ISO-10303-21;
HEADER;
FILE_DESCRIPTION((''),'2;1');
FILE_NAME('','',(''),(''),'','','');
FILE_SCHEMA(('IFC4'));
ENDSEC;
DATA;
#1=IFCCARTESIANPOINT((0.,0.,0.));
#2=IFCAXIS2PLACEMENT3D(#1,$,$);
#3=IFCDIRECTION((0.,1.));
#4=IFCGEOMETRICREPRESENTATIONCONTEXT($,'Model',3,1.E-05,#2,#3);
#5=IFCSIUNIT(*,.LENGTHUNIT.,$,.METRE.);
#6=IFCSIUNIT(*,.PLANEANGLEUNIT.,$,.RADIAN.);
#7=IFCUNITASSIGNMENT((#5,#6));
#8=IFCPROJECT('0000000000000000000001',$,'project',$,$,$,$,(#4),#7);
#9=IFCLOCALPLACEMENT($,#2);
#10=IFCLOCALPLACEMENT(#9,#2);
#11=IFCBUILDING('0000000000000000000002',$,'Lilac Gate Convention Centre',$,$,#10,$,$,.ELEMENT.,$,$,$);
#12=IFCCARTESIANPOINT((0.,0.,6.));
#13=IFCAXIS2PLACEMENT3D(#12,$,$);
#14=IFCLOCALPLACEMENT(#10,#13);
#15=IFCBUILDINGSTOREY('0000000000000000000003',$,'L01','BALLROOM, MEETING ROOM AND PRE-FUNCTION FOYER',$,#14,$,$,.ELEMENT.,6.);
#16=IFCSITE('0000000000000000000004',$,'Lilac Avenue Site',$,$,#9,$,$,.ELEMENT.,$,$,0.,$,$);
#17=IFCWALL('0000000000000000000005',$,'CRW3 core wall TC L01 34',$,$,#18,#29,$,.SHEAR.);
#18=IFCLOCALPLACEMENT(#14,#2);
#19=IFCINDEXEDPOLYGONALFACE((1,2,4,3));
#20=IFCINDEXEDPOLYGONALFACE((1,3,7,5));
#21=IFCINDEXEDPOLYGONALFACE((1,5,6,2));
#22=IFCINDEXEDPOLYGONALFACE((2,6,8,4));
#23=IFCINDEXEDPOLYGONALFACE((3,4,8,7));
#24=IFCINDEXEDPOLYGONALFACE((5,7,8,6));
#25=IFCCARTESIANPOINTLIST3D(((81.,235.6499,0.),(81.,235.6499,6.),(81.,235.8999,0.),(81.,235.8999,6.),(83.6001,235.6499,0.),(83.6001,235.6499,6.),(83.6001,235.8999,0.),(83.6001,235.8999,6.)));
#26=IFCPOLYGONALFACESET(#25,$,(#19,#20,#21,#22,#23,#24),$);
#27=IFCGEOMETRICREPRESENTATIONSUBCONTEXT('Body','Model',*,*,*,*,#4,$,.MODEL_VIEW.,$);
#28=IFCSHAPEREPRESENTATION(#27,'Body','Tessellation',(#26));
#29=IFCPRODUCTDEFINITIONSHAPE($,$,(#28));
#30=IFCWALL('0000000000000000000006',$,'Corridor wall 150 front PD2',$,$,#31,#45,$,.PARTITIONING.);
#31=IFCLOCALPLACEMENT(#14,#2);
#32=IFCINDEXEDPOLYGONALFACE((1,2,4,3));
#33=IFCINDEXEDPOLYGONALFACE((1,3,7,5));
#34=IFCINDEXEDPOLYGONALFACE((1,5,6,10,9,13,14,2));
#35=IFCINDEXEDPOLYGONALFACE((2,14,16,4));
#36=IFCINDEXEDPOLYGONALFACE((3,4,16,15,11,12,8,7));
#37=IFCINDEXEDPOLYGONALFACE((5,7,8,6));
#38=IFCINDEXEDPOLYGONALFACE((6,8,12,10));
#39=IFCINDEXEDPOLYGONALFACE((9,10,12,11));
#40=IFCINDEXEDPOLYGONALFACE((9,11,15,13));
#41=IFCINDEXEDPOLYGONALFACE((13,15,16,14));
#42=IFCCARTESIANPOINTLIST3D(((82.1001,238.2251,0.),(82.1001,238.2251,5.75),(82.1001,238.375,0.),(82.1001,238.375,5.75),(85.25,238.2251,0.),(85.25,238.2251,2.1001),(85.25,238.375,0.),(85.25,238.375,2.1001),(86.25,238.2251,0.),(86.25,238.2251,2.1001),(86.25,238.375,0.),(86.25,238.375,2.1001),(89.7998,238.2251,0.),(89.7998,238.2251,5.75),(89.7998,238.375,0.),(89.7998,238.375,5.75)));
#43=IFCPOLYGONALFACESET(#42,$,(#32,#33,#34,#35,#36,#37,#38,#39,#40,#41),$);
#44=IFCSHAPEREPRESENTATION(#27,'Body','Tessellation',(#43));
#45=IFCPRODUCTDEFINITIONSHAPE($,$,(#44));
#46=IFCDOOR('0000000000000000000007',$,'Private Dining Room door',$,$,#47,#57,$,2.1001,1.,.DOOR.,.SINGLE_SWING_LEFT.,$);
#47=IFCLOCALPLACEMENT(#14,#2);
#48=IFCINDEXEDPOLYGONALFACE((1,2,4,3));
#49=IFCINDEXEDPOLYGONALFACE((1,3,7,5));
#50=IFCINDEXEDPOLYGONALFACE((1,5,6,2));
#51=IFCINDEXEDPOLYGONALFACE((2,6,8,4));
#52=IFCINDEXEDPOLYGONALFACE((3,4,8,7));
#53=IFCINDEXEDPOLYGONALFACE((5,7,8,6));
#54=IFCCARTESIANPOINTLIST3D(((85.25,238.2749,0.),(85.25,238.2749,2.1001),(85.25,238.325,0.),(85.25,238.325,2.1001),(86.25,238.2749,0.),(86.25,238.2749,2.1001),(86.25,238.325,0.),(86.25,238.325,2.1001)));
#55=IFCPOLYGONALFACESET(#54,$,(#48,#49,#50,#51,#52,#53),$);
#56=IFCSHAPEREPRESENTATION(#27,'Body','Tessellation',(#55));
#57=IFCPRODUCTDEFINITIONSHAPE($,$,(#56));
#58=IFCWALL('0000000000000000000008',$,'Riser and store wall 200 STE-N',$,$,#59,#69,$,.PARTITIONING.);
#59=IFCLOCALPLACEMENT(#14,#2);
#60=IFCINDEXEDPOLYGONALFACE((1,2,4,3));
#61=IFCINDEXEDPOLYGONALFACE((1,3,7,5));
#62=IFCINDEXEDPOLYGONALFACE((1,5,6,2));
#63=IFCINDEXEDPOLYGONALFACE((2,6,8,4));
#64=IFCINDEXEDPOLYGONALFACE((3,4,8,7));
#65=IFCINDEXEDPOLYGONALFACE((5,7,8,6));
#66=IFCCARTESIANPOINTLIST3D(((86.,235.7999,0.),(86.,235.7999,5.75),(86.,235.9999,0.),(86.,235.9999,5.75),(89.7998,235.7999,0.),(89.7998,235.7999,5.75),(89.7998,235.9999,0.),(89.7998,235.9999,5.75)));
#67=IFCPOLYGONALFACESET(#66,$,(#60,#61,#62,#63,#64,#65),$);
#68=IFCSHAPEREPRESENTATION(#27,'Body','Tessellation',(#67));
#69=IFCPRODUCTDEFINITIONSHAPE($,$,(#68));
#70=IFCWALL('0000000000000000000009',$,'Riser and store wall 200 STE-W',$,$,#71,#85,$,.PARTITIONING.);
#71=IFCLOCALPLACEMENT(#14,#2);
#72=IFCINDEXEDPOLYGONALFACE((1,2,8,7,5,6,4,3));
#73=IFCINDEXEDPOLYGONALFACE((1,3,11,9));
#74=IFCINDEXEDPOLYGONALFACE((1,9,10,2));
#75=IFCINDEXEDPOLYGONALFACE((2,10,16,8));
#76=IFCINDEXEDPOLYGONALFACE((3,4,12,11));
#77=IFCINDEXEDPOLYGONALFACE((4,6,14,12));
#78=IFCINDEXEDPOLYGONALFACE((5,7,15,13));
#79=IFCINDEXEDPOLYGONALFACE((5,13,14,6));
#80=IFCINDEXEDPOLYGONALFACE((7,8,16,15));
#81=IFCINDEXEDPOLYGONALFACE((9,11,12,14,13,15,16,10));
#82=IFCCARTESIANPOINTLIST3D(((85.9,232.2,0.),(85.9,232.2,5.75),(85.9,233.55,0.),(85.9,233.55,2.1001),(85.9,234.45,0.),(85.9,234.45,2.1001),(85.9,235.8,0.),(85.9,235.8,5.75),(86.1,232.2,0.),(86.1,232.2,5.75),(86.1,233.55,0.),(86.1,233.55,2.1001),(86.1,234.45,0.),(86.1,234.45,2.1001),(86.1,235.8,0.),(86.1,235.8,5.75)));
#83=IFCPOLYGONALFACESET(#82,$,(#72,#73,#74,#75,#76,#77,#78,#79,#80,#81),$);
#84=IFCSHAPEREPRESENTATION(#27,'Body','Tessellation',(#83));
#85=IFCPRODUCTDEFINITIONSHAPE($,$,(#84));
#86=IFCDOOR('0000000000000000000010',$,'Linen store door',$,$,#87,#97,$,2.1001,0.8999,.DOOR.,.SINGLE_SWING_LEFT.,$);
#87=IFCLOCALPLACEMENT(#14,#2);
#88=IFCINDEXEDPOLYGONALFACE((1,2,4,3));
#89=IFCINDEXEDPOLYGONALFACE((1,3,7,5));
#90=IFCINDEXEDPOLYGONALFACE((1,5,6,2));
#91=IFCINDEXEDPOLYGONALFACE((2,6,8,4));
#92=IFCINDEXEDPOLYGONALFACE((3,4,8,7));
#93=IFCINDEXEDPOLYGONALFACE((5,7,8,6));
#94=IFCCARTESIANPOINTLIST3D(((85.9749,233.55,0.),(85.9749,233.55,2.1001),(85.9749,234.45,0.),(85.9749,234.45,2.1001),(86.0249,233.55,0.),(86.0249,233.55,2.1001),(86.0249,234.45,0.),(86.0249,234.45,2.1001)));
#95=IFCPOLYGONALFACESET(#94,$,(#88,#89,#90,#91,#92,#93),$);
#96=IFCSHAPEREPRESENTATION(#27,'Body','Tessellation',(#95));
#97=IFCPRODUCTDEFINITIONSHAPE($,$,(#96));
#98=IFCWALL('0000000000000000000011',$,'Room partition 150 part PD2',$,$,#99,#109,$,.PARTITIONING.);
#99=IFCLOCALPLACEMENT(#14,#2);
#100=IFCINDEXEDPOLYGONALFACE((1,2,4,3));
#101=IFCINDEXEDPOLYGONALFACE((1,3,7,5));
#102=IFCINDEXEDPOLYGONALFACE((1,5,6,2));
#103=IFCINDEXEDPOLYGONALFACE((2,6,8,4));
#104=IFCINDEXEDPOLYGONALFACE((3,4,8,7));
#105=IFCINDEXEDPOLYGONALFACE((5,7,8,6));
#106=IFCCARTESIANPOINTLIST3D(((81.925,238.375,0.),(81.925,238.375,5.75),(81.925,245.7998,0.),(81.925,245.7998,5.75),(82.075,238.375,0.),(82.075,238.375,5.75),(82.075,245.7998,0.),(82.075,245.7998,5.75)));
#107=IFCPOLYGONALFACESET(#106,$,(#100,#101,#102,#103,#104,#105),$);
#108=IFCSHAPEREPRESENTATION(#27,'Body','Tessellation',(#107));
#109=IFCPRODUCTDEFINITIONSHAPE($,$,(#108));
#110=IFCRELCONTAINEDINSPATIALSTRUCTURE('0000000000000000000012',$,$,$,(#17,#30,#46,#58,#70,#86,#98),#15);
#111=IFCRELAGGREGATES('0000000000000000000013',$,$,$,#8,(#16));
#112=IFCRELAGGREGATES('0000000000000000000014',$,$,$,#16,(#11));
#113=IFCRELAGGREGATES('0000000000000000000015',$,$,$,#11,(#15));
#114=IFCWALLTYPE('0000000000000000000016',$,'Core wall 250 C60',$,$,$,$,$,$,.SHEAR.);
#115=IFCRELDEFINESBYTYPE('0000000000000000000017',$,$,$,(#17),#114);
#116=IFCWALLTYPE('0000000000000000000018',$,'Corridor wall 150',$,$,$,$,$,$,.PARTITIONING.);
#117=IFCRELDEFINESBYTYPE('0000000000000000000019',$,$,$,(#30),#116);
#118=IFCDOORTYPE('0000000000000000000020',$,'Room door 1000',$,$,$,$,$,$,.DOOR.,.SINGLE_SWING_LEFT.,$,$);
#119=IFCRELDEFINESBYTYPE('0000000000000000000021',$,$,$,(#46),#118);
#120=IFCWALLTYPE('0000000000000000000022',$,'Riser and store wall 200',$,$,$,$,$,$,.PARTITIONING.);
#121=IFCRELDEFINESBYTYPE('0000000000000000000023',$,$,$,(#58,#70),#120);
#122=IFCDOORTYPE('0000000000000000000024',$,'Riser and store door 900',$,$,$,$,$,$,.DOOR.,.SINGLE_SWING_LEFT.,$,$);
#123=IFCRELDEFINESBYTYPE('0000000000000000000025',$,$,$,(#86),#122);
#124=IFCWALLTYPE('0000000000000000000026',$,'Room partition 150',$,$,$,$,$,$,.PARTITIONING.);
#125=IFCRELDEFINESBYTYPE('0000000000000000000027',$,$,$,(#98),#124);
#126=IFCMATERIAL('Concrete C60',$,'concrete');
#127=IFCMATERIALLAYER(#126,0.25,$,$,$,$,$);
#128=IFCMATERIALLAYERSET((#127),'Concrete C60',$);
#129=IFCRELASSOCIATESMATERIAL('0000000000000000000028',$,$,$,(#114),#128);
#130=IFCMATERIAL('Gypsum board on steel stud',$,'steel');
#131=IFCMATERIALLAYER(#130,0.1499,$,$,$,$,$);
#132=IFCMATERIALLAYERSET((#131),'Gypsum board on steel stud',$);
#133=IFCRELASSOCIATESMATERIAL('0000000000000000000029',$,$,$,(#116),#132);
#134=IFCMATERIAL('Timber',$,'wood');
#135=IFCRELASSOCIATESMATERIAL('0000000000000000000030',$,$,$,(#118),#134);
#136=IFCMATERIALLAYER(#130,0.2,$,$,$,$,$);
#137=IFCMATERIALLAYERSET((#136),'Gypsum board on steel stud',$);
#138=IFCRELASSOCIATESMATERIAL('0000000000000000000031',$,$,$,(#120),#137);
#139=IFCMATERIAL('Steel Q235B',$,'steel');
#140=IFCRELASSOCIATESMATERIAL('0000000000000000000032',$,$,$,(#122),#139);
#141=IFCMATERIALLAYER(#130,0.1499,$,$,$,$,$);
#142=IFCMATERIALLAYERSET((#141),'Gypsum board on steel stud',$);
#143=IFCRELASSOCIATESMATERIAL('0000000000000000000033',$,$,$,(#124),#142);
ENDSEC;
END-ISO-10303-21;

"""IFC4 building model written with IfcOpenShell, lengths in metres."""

from ifc_helpers import new_model, si_unit, direction, frame, frame_2d, origin, place, context, subcontext, project, spatial, rectangle, extrude, material, layer, layer_set, type_object, element, fill, save


model = new_model("IFC4")

# Units and contexts
model_context = context("Model", 3, precision=1e-05, world=origin(), true_north=direction((0.0, 1.0)))
body_context = subcontext(model_context, "Body", "Model", "MODEL_VIEW")
ifc_project = project(units=[si_unit("LENGTHUNIT", "METRE"), si_unit("PLANEANGLEUNIT", "RADIAN")], contexts=[model_context])

# Site, building, storey
site_placement = place(None, origin())
site = spatial("IfcSite", under=ifc_project, at=site_placement, Name="Lilac Avenue Site", CompositionType="ELEMENT", RefElevation=0.0)
building_placement = place(site_placement, origin())
building = spatial("IfcBuilding", under=site, at=building_placement, Name="Lilac Gate Convention Centre", CompositionType="ELEMENT")
storey_placement = place(building_placement, frame((0.0, 0.0, 6.0)))
storey = spatial("IfcBuildingStorey", under=building, at=storey_placement, Name="L01", Description="BALLROOM, MEETING ROOM AND PRE-FUNCTION FOYER", CompositionType="ELEMENT", Elevation=6.0)

# Wall
ifc_material_1 = material(Name="Concrete C60", Category="concrete")
ifc_layer_1 = layer(ifc_material_1, 0.25)
ifc_layer_set_1 = layer_set([ifc_layer_1], Name="Concrete C60")
wall_type_1 = type_object("IfcWallType", Name="Core wall 250 C60", PredefinedType="SHEAR", material=ifc_layer_set_1)
wall_1_placement = place(storey_placement, frame((81.0, 235.7749, 0.0), z_axis=(0.0, 0.0, 1.0), x_axis=(1.0, 0.0, 0.0)))
element("IfcWall", 1, at=wall_1_placement, inside=storey, type_object=wall_type_1, Name="CRW3 core wall TC L01 34", PredefinedType="SHEAR", context=body_context, shape_type="SweptSolid", body=[
    extrude(rectangle(XDim=2.6001, YDim=0.25, at=frame_2d((1.3, 0.0))), origin(), (0.0, 0.0, 1.0), 6.0),
])

# Wall, opening, door
ifc_material_2 = material(Name="Gypsum board on steel stud", Category="steel")
ifc_layer_2 = layer(ifc_material_2, 0.1499)
ifc_layer_set_2 = layer_set([ifc_layer_2], Name="Gypsum board on steel stud")
wall_type_2 = type_object("IfcWallType", Name="Corridor wall 150", PredefinedType="PARTITIONING", material=ifc_layer_set_2)
wall_2_placement = place(storey_placement, frame((82.1001, 238.3, 0.0), z_axis=(0.0, 0.0, 1.0), x_axis=(1.0, 0.0, 0.0)))
wall_2 = element("IfcWall", 2, at=wall_2_placement, inside=storey, type_object=wall_type_2, Name="Corridor wall 150 front PD2", PredefinedType="PARTITIONING", context=body_context, shape_type="SweptSolid", body=[
    extrude(rectangle(XDim=7.6997, YDim=0.1499, at=frame_2d((3.8499, 0.0))), origin(), (0.0, 0.0, 1.0), 5.75),
])
opening_1_placement = place(wall_2_placement, frame((3.1499, 0.0, 0.0)))
opening_1 = element("IfcOpeningElement", 3, at=opening_1_placement, cuts=wall_2, PredefinedType="OPENING", context=body_context, shape_type="SweptSolid", body=[
    extrude(rectangle(XDim=1.0, YDim=2.1001, at=frame_2d((0.5, 1.05))), frame((0.0, 0.085, 0.0), z_axis=(0.0, -1.0, 0.0), x_axis=(1.0, 0.0, 0.0)), (0.0, 0.0, 1.0), 0.1699),
])
ifc_material_3 = material(Name="Timber", Category="wood")
door_type_1 = type_object("IfcDoorType", Name="Room door 1000", OperationType="SINGLE_SWING_LEFT", PredefinedType="DOOR", material=ifc_material_3)
door_1_placement = place(opening_1_placement, origin())
door_1 = element("IfcDoor", 4, at=door_1_placement, inside=storey, type_object=door_type_1, Name="Private Dining Room door", OperationType="SINGLE_SWING_LEFT", OverallHeight=2.1001, OverallWidth=1.0, PredefinedType="DOOR", context=body_context, shape_type="SweptSolid", body=[
    extrude(rectangle(XDim=1.0, YDim=2.1001, at=frame_2d((0.5, 1.05))), frame((0.0, 0.0249, 0.0), z_axis=(0.0, -1.0, 0.0), x_axis=(1.0, 0.0, 0.0)), (0.0, 0.0, 1.0), 0.05),
])
fill(opening_1, door_1)

# Wall
ifc_layer_3 = layer(ifc_material_2, 0.2)
ifc_layer_set_3 = layer_set([ifc_layer_3], Name="Gypsum board on steel stud")
wall_type_3 = type_object("IfcWallType", Name="Riser and store wall 200", PredefinedType="PARTITIONING", material=ifc_layer_set_3)
wall_3_placement = place(storey_placement, frame((86.0, 235.8999, 0.0), z_axis=(0.0, 0.0, 1.0), x_axis=(1.0, 0.0, 0.0)))
element("IfcWall", 5, at=wall_3_placement, inside=storey, type_object=wall_type_3, Name="Riser and store wall 200 STE-N", PredefinedType="PARTITIONING", context=body_context, shape_type="SweptSolid", body=[
    extrude(rectangle(XDim=3.7998, YDim=0.2, at=frame_2d((1.8999, 0.0))), origin(), (0.0, 0.0, 1.0), 5.75),
])

# Wall, opening, door
wall_4_placement = place(storey_placement, frame((86.0, 235.8, 0.0), z_axis=(0.0, 0.0, 1.0), x_axis=(0.0, -1.0, 0.0)))
wall_4 = element("IfcWall", 6, at=wall_4_placement, inside=storey, type_object=wall_type_3, Name="Riser and store wall 200 STE-W", PredefinedType="PARTITIONING", context=body_context, shape_type="SweptSolid", body=[
    extrude(rectangle(XDim=3.6001, YDim=0.2, at=frame_2d((1.8, 0.0))), origin(), (0.0, 0.0, 1.0), 5.75),
])
opening_2_placement = place(wall_4_placement, frame((1.3501, 0.0, 0.0)))
opening_2 = element("IfcOpeningElement", 7, at=opening_2_placement, cuts=wall_4, PredefinedType="OPENING", context=body_context, shape_type="SweptSolid", body=[
    extrude(rectangle(XDim=0.8999, YDim=2.1001, at=frame_2d((0.45, 1.05))), frame((0.0, 0.1099, 0.0), z_axis=(0.0, -1.0, 0.0), x_axis=(1.0, 0.0, 0.0)), (0.0, 0.0, 1.0), 0.22),
])
ifc_material_4 = material(Name="Steel Q235B", Category="steel")
door_type_2 = type_object("IfcDoorType", Name="Riser and store door 900", OperationType="SINGLE_SWING_LEFT", PredefinedType="DOOR", material=ifc_material_4)
door_2_placement = place(opening_2_placement, origin())
door_2 = element("IfcDoor", 8, at=door_2_placement, inside=storey, type_object=door_type_2, Name="Linen store door", OperationType="SINGLE_SWING_LEFT", OverallHeight=2.1001, OverallWidth=0.8999, PredefinedType="DOOR", context=body_context, shape_type="SweptSolid", body=[
    extrude(rectangle(XDim=0.8999, YDim=2.1001, at=frame_2d((0.45, 1.05))), frame((0.0, 0.0249, 0.0), z_axis=(0.0, -1.0, 0.0), x_axis=(1.0, 0.0, 0.0)), (0.0, 0.0, 1.0), 0.05),
])
fill(opening_2, door_2)

# Wall
ifc_layer_4 = layer(ifc_material_2, 0.1499)
ifc_layer_set_4 = layer_set([ifc_layer_4], Name="Gypsum board on steel stud")
wall_type_4 = type_object("IfcWallType", Name="Room partition 150", PredefinedType="PARTITIONING", material=ifc_layer_set_4)
wall_5_placement = place(storey_placement, frame((82.0, 245.7998, 0.0), z_axis=(0.0, 0.0, 1.0), x_axis=(0.0, -1.0, 0.0)))
element("IfcWall", 9, at=wall_5_placement, inside=storey, type_object=wall_type_4, Name="Room partition 150 part PD2", PredefinedType="PARTITIONING", context=body_context, shape_type="SweptSolid", body=[
    extrude(rectangle(XDim=7.4248, YDim=0.1499, at=frame_2d((3.7124, 0.0))), origin(), (0.0, 0.0, 1.0), 5.75),
])

save(model, "model.ifc")
